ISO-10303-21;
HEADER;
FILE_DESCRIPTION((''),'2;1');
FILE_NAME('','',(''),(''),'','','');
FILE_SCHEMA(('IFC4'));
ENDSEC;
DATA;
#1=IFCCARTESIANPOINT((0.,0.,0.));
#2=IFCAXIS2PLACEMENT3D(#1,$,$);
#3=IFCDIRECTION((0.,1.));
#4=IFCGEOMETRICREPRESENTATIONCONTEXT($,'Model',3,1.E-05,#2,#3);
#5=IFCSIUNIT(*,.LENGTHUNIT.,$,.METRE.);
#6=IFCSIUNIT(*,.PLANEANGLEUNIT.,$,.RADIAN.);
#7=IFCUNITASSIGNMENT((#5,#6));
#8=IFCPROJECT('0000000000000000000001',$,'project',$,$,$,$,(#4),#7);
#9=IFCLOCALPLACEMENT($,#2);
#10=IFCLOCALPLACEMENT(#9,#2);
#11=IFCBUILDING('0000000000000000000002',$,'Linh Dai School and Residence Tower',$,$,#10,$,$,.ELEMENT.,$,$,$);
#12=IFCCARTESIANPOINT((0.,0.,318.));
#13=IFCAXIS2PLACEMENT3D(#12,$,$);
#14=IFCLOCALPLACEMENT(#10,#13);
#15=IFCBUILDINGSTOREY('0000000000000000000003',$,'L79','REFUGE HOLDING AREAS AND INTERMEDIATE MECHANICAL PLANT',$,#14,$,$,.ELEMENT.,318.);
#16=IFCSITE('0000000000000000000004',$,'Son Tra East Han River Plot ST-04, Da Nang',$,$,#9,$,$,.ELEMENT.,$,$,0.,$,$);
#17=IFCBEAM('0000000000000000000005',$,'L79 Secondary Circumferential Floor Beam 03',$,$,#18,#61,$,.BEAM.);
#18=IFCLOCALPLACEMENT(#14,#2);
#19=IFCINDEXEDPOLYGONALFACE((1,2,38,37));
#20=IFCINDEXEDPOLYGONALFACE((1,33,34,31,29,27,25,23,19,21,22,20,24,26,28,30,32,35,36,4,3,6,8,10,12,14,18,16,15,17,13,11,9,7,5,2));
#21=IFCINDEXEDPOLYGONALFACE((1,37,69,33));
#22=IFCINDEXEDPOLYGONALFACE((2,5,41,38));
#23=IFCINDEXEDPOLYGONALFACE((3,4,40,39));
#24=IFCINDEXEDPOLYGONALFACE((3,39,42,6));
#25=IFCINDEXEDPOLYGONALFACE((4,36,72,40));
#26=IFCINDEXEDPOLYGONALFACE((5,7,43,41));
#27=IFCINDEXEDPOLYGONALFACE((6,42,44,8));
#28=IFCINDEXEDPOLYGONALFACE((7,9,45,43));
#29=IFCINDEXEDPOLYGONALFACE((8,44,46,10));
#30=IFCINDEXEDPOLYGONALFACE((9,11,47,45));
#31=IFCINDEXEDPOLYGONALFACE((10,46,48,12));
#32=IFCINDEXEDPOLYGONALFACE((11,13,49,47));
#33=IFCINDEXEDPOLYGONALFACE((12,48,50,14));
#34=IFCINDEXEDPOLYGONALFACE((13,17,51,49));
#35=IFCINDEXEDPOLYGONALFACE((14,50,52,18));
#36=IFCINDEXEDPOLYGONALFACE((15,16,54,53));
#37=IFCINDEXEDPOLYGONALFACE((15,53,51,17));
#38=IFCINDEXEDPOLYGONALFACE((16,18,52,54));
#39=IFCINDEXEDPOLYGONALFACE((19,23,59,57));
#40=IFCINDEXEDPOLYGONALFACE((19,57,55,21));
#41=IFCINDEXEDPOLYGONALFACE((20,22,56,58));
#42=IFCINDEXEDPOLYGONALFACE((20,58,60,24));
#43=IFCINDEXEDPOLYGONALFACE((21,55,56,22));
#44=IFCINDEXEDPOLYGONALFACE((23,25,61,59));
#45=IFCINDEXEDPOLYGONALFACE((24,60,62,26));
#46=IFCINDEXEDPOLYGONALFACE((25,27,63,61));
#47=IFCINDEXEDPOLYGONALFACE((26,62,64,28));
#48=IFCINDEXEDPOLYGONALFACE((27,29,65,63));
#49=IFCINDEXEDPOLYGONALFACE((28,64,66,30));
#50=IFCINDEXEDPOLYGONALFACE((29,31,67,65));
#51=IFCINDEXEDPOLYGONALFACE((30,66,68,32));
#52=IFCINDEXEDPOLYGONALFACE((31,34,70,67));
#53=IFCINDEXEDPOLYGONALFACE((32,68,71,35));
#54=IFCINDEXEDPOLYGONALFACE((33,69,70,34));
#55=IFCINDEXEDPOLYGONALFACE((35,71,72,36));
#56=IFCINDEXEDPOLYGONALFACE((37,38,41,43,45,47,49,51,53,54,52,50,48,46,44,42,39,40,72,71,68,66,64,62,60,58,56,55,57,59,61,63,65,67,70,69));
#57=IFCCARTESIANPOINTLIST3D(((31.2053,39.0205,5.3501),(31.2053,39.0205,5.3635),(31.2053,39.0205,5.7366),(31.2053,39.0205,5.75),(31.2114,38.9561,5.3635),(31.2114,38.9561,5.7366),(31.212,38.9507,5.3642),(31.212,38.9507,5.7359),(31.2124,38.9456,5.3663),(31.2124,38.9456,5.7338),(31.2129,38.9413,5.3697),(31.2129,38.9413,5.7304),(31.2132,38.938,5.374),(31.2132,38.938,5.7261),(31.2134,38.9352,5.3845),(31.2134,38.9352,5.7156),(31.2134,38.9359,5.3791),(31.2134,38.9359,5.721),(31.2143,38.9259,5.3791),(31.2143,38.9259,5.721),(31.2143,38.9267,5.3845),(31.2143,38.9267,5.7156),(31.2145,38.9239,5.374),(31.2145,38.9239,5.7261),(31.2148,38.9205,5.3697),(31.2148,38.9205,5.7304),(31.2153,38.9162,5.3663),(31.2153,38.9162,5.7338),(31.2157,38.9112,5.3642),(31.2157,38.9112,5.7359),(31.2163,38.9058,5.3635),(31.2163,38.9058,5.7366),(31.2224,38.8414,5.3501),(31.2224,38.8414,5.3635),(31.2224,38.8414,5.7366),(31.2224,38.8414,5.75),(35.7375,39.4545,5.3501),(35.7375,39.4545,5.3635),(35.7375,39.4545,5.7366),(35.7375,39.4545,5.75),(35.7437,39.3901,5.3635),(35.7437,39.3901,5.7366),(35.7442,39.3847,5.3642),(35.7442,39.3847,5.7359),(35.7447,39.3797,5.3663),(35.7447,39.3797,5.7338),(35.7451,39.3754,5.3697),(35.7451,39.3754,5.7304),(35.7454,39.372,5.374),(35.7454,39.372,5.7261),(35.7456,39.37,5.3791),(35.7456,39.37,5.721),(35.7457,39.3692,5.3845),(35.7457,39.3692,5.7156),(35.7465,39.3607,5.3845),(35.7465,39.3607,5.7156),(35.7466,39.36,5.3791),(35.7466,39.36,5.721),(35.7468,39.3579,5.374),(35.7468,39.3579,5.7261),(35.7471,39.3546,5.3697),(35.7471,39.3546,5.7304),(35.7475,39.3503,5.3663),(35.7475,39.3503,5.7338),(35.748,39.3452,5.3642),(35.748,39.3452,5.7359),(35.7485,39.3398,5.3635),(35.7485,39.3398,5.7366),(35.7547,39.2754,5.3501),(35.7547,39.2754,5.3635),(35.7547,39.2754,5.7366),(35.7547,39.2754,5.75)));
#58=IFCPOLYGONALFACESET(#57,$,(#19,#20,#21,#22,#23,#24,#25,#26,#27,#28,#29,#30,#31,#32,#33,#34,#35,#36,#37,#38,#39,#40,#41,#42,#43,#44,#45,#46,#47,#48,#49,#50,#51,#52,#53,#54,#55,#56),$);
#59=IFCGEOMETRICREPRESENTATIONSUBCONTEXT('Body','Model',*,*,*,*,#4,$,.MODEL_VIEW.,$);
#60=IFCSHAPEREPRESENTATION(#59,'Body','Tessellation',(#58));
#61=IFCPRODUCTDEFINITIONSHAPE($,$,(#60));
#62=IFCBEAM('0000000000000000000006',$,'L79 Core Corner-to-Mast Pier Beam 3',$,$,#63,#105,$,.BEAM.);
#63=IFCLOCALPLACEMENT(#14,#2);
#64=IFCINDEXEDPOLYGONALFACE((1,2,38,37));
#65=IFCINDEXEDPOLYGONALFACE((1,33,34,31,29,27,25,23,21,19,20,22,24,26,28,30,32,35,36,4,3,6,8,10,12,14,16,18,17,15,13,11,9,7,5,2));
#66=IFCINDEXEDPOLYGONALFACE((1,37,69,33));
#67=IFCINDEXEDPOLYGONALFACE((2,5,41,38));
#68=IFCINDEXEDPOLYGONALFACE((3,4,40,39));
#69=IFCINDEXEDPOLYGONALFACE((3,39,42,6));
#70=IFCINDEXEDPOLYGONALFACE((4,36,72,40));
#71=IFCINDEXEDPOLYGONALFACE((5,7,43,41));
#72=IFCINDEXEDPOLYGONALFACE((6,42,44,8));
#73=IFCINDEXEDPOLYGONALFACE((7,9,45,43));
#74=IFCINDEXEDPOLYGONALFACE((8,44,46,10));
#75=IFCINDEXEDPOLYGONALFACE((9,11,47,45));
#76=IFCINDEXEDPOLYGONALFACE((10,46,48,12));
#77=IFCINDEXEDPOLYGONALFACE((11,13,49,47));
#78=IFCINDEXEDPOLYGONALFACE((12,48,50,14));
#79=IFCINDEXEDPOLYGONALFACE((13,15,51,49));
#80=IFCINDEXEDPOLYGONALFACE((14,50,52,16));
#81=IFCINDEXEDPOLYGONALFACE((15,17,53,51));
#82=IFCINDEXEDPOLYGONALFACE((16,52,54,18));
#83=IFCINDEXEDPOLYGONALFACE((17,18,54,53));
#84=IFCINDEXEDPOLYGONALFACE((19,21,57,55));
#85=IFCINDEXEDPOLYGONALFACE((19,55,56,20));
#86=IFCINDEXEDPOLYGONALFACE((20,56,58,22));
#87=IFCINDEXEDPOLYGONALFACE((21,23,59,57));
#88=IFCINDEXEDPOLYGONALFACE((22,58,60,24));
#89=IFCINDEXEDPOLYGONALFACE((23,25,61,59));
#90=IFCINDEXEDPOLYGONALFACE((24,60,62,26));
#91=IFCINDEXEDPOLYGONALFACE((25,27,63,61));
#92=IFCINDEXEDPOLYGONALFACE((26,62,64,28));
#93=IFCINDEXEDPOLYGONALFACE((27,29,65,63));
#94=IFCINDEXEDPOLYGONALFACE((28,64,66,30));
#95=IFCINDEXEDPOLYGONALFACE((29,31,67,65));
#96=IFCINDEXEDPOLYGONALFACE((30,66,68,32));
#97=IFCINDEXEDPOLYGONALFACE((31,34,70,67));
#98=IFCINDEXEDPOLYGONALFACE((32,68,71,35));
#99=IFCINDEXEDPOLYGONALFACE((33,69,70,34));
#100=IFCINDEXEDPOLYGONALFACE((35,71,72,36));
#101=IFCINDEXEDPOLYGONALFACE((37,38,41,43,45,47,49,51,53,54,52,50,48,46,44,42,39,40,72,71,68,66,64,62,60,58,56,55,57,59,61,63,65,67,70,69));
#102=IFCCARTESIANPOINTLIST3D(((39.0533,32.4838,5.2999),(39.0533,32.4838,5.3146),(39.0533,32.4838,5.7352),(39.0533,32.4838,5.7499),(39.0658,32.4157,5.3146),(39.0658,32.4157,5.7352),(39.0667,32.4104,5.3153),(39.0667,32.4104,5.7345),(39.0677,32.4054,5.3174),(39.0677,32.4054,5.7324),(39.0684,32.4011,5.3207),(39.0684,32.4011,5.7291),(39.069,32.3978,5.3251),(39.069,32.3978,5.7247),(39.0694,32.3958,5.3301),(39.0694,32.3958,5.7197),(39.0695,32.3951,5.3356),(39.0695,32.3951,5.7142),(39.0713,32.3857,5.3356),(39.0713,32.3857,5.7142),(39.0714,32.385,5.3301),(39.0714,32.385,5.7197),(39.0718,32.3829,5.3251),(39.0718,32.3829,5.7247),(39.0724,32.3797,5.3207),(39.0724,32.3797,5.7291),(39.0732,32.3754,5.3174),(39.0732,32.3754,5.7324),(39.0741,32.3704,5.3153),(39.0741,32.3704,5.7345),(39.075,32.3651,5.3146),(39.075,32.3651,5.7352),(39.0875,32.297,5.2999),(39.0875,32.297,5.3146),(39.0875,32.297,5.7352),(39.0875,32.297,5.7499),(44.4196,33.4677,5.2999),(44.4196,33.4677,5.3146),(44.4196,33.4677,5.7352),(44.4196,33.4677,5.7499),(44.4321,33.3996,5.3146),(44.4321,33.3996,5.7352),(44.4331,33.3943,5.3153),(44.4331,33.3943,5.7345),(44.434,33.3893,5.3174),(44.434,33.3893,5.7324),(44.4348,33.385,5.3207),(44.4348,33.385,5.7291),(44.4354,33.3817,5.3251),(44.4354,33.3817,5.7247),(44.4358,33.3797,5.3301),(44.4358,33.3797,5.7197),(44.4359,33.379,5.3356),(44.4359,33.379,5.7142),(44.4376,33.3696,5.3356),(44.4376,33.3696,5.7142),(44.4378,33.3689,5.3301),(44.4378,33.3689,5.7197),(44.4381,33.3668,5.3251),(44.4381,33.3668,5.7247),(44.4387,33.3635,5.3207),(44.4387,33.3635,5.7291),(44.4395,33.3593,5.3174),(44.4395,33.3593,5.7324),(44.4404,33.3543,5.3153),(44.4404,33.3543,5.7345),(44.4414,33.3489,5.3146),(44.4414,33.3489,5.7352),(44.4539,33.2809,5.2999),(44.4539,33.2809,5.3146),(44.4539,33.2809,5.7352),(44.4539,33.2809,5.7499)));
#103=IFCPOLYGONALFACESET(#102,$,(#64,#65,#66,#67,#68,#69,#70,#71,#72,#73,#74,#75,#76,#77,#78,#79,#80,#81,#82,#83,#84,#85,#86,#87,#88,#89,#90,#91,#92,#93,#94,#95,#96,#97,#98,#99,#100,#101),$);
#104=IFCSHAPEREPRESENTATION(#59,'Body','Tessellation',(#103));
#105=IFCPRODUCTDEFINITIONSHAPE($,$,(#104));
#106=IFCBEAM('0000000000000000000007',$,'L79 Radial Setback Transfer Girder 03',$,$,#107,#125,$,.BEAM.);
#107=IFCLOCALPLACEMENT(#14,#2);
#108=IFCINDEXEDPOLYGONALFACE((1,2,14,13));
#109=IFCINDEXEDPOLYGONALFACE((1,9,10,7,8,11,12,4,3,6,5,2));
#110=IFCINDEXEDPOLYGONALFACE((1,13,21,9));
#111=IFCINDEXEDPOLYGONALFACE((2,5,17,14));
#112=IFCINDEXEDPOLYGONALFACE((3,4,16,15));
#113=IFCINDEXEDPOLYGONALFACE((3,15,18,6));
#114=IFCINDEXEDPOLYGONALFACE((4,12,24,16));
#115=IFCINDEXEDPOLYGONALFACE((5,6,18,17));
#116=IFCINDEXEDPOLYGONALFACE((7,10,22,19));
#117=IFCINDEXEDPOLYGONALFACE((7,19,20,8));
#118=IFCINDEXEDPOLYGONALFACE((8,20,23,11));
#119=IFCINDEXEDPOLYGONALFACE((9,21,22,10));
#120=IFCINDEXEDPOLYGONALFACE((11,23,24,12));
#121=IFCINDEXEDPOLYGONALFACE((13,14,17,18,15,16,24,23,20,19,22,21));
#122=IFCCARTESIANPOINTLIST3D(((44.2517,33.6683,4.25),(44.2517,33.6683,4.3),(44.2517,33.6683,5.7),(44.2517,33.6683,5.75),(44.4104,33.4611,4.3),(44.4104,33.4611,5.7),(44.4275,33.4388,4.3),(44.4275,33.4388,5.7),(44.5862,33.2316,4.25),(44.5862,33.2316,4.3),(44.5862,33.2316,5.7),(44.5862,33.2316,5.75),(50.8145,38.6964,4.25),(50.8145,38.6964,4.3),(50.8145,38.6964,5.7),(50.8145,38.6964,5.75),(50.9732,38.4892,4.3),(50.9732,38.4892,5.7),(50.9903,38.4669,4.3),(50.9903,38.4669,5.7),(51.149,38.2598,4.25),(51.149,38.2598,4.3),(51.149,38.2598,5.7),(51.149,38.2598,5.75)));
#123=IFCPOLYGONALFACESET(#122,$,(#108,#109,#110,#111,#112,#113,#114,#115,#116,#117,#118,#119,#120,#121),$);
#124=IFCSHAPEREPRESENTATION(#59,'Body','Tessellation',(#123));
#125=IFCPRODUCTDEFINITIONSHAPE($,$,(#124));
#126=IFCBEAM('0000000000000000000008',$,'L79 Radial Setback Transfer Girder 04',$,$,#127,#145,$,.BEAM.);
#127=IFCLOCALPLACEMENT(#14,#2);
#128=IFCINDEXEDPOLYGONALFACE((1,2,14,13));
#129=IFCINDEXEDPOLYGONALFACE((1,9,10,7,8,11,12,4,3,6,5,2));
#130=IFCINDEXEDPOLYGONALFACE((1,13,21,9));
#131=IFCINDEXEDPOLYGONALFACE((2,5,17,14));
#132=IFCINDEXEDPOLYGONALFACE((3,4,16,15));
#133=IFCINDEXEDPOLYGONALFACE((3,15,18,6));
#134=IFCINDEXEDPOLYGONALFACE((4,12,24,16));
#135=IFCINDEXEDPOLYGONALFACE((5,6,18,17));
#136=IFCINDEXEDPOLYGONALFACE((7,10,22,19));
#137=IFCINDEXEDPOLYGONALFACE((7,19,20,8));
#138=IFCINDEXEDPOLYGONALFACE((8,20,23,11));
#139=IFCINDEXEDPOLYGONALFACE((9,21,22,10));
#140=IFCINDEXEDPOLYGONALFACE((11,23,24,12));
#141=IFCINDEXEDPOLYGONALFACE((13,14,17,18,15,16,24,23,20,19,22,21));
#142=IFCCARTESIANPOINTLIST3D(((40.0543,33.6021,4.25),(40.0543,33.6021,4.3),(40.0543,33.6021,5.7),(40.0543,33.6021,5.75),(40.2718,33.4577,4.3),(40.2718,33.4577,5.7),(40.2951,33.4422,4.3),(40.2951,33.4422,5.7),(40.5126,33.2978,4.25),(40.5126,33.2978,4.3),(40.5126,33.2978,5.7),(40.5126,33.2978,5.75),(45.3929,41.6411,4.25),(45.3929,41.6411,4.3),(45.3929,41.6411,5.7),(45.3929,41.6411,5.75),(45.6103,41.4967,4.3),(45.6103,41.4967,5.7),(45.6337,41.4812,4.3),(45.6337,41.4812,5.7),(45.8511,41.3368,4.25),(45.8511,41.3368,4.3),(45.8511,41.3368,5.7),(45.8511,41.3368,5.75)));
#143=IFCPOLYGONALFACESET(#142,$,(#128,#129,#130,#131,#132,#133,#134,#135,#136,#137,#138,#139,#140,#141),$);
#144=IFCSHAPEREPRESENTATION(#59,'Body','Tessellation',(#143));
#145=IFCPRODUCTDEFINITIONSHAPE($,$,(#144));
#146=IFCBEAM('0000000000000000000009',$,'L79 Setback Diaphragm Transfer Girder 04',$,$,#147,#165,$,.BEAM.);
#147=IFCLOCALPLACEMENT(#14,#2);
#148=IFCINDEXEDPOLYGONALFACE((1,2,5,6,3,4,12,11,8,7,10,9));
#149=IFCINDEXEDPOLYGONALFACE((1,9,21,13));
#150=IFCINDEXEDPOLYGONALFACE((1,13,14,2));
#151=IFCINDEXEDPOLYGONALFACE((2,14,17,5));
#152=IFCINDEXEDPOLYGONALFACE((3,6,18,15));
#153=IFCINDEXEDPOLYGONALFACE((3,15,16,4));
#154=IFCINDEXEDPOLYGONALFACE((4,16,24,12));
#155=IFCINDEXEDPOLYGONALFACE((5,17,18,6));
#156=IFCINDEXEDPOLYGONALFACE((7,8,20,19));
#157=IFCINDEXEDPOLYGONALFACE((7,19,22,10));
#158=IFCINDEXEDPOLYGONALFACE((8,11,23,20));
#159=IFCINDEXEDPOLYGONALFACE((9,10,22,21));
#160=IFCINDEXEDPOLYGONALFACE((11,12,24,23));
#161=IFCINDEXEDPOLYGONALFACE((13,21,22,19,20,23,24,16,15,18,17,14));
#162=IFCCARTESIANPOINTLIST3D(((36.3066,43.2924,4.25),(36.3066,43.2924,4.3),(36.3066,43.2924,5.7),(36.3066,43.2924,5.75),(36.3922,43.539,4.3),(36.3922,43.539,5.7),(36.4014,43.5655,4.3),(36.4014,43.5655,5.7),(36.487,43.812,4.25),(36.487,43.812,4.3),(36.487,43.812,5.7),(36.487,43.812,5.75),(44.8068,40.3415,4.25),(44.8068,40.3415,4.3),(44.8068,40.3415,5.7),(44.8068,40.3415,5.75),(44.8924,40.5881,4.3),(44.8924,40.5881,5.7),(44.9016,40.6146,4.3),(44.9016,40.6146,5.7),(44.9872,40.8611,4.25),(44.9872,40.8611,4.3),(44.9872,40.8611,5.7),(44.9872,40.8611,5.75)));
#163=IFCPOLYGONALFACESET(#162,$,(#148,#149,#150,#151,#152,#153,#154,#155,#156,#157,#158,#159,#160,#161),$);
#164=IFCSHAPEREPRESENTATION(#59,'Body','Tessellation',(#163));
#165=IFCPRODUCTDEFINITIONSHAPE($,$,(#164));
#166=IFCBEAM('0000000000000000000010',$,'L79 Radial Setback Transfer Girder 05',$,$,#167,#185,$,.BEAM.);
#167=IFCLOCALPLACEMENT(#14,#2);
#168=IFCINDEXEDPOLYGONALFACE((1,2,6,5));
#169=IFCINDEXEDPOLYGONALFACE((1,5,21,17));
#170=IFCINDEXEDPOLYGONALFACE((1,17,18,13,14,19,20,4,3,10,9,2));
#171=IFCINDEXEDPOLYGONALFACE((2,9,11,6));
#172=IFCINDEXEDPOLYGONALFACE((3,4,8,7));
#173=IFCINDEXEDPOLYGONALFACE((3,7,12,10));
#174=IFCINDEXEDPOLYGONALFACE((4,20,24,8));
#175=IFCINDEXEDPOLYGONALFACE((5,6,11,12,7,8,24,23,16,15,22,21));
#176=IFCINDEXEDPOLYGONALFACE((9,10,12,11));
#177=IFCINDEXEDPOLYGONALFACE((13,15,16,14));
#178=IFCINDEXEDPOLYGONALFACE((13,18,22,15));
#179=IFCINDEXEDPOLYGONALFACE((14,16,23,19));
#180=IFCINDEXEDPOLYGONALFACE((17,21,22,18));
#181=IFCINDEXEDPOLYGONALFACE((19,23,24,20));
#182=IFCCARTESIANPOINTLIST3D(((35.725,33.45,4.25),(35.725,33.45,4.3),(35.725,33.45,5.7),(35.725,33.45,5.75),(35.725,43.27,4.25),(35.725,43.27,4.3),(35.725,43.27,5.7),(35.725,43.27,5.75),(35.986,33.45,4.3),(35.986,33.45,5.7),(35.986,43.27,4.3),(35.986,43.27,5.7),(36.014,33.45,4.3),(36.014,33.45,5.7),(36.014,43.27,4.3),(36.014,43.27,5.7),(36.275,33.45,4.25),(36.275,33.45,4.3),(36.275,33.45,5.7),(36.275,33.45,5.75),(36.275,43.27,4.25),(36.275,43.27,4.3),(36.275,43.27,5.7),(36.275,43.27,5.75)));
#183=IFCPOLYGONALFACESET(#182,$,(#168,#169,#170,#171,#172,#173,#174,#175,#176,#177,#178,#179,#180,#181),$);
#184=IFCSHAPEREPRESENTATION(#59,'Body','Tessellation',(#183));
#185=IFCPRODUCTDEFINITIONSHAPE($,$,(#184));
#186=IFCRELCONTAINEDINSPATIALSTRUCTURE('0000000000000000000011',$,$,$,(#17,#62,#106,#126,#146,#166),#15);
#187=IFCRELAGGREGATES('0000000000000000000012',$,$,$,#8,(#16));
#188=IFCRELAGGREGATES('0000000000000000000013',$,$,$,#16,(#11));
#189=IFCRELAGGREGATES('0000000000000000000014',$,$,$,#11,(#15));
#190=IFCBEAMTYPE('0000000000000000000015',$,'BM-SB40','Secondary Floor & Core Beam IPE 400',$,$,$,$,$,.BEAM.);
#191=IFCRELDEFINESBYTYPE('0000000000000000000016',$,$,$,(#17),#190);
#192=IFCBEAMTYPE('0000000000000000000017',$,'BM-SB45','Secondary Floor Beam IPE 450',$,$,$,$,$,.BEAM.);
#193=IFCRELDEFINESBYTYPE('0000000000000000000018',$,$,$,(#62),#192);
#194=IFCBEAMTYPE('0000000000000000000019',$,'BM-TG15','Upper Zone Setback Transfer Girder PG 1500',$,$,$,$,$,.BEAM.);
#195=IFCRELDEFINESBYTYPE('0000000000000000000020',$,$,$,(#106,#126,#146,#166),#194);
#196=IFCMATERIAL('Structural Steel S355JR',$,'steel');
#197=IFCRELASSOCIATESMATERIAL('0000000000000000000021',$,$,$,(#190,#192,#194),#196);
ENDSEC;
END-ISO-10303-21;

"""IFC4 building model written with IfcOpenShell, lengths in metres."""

from ifc_helpers import new_model, si_unit, direction, frame, origin, origin_2d, place, context, subcontext, project, spatial, i_section, extrude, material, material_profile, profile_set, type_object, element, save


model = new_model("IFC4")

# Units and contexts
model_context = context("Model", 3, precision=1e-05, world=origin(), true_north=direction((0.0, 1.0)))
body_context = subcontext(model_context, "Body", "Model", "MODEL_VIEW")
ifc_project = project(units=[si_unit("LENGTHUNIT", "METRE"), si_unit("PLANEANGLEUNIT", "RADIAN")], contexts=[model_context])

# Site, building, storey
site_placement = place(None, origin())
site = spatial("IfcSite", under=ifc_project, at=site_placement, Name="Son Tra East Han River Plot ST-04, Da Nang", CompositionType="ELEMENT", RefElevation=0.0)
building_placement = place(site_placement, origin())
building = spatial("IfcBuilding", under=site, at=building_placement, Name="Linh Dai School and Residence Tower", CompositionType="ELEMENT")
storey_placement = place(building_placement, frame((0.0, 0.0, 318.0)))
storey = spatial("IfcBuildingStorey", under=building, at=storey_placement, Name="L79", Description="REFUGE HOLDING AREAS AND INTERMEDIATE MECHANICAL PLANT", CompositionType="ELEMENT", Elevation=318.0)

# Shared definitions
ifc_material_1 = material(Name="Structural Steel S355JR", Category="steel")

# Beams
ifc_material_profile_1 = material_profile(ifc_material_1, i_section(OverallWidth=0.1799, OverallDepth=0.3999, WebThickness=0.0085, FlangeThickness=0.0134, FilletRadius=0.021, at=origin_2d()), Name="IPE 400")
ifc_profile_set_1 = profile_set([ifc_material_profile_1], Name="Structural Steel S355JR")
beam_type_1 = type_object("IfcBeamType", Name="BM-SB40", Description="Secondary Floor & Core Beam IPE 400", PredefinedType="BEAM", material=ifc_profile_set_1)
beam_1_placement = place(storey_placement, frame((35.7461, 39.365, 5.55), z_axis=(-0.995445, -0.09534, 0.0), x_axis=(0.09534, -0.995445, 0.0)))
element("IfcBeam", 1, at=beam_1_placement, inside=storey, type_object=beam_type_1, Name="L79 Secondary Circumferential Floor Beam 03", PredefinedType="BEAM", context=body_context, shape_type="SweptSolid", body=[
    extrude(i_section(OverallWidth=0.1799, OverallDepth=0.3999, WebThickness=0.0085, FlangeThickness=0.0134, FilletRadius=0.021, at=origin_2d()), origin(), (0.0, 0.0, 1.0), 4.553),
])
ifc_material_profile_2 = material_profile(ifc_material_1, i_section(OverallWidth=0.1899, OverallDepth=0.45, WebThickness=0.0095, FlangeThickness=0.0146, FilletRadius=0.021, at=origin_2d()), Name="IPE 450")
ifc_profile_set_2 = profile_set([ifc_material_profile_2], Name="Structural Steel S355JR")
beam_type_2 = type_object("IfcBeamType", Name="BM-SB45", Description="Secondary Floor Beam IPE 450", PredefinedType="BEAM", material=ifc_profile_set_2)
beam_2_placement = place(storey_placement, frame((44.4368, 33.3743, 5.5249), z_axis=(-0.983605, -0.180334, 0.0), x_axis=(0.180334, -0.983605, 0.0)))
element("IfcBeam", 2, at=beam_2_placement, inside=storey, type_object=beam_type_2, Name="L79 Core Corner-to-Mast Pier Beam 3", PredefinedType="BEAM", context=body_context, shape_type="SweptSolid", body=[
    extrude(i_section(OverallWidth=0.1899, OverallDepth=0.45, WebThickness=0.0095, FlangeThickness=0.0146, FilletRadius=0.021, at=origin_2d()), origin(), (0.0, 0.0, 1.0), 5.4558),
])
ifc_material_profile_3 = material_profile(ifc_material_1, i_section(OverallWidth=0.55, OverallDepth=1.5, WebThickness=0.0281, FlangeThickness=0.05, at=origin_2d()), Name="PG 1500x550x28x50")
ifc_profile_set_3 = profile_set([ifc_material_profile_3], Name="Structural Steel S355JR")
beam_type_3 = type_object("IfcBeamType", Name="BM-TG15", Description="Upper Zone Setback Transfer Girder PG 1500", PredefinedType="BEAM", material=ifc_profile_set_3)
beam_3_placement = place(storey_placement, frame((44.4189, 33.45, 5.0), z_axis=(0.793803, 0.608175, 0.0), x_axis=(-0.608175, 0.793803, 0.0)))
element("IfcBeam", 3, at=beam_3_placement, inside=storey, type_object=beam_type_3, Name="L79 Radial Setback Transfer Girder 03", PredefinedType="BEAM", context=body_context, shape_type="SweptSolid", body=[
    extrude(i_section(OverallWidth=0.55, OverallDepth=1.5, WebThickness=0.0281, FlangeThickness=0.05, at=origin_2d()), origin(), (0.0, 0.0, 1.0), 8.2676),
])
beam_4_placement = place(storey_placement, frame((40.2834, 33.45, 5.0), z_axis=(0.553211, 0.833041, 0.0), x_axis=(-0.833041, 0.553211, 0.0)))
element("IfcBeam", 4, at=beam_4_placement, inside=storey, type_object=beam_type_3, Name="L79 Radial Setback Transfer Girder 04", PredefinedType="BEAM", context=body_context, shape_type="SweptSolid", body=[
    extrude(i_section(OverallWidth=0.55, OverallDepth=1.5, WebThickness=0.0281, FlangeThickness=0.05, at=origin_2d()), origin(), (0.0, 0.0, 1.0), 9.6501),
])
beam_5_placement = place(storey_placement, frame((44.897, 40.6013, 5.0), z_axis=(-0.944692, 0.327958, 0.0), x_axis=(-0.327958, -0.944692, 0.0)))
element("IfcBeam", 5, at=beam_5_placement, inside=storey, type_object=beam_type_3, Name="L79 Setback Diaphragm Transfer Girder 04", PredefinedType="BEAM", context=body_context, shape_type="SweptSolid", body=[
    extrude(i_section(OverallWidth=0.55, OverallDepth=1.5, WebThickness=0.0281, FlangeThickness=0.05, at=origin_2d()), origin(), (0.0, 0.0, 1.0), 8.9978),
])
beam_6_placement = place(storey_placement, frame((36.0, 33.45, 5.0), z_axis=(0.0, 1.0, 0.0), x_axis=(-1.0, 0.0, 0.0)))
element("IfcBeam", 6, at=beam_6_placement, inside=storey, type_object=beam_type_3, Name="L79 Radial Setback Transfer Girder 05", PredefinedType="BEAM", context=body_context, shape_type="SweptSolid", body=[
    extrude(i_section(OverallWidth=0.55, OverallDepth=1.5, WebThickness=0.0281, FlangeThickness=0.05, at=origin_2d()), origin(), (0.0, 0.0, 1.0), 9.8201),
])

save(model, "model.ifc")
